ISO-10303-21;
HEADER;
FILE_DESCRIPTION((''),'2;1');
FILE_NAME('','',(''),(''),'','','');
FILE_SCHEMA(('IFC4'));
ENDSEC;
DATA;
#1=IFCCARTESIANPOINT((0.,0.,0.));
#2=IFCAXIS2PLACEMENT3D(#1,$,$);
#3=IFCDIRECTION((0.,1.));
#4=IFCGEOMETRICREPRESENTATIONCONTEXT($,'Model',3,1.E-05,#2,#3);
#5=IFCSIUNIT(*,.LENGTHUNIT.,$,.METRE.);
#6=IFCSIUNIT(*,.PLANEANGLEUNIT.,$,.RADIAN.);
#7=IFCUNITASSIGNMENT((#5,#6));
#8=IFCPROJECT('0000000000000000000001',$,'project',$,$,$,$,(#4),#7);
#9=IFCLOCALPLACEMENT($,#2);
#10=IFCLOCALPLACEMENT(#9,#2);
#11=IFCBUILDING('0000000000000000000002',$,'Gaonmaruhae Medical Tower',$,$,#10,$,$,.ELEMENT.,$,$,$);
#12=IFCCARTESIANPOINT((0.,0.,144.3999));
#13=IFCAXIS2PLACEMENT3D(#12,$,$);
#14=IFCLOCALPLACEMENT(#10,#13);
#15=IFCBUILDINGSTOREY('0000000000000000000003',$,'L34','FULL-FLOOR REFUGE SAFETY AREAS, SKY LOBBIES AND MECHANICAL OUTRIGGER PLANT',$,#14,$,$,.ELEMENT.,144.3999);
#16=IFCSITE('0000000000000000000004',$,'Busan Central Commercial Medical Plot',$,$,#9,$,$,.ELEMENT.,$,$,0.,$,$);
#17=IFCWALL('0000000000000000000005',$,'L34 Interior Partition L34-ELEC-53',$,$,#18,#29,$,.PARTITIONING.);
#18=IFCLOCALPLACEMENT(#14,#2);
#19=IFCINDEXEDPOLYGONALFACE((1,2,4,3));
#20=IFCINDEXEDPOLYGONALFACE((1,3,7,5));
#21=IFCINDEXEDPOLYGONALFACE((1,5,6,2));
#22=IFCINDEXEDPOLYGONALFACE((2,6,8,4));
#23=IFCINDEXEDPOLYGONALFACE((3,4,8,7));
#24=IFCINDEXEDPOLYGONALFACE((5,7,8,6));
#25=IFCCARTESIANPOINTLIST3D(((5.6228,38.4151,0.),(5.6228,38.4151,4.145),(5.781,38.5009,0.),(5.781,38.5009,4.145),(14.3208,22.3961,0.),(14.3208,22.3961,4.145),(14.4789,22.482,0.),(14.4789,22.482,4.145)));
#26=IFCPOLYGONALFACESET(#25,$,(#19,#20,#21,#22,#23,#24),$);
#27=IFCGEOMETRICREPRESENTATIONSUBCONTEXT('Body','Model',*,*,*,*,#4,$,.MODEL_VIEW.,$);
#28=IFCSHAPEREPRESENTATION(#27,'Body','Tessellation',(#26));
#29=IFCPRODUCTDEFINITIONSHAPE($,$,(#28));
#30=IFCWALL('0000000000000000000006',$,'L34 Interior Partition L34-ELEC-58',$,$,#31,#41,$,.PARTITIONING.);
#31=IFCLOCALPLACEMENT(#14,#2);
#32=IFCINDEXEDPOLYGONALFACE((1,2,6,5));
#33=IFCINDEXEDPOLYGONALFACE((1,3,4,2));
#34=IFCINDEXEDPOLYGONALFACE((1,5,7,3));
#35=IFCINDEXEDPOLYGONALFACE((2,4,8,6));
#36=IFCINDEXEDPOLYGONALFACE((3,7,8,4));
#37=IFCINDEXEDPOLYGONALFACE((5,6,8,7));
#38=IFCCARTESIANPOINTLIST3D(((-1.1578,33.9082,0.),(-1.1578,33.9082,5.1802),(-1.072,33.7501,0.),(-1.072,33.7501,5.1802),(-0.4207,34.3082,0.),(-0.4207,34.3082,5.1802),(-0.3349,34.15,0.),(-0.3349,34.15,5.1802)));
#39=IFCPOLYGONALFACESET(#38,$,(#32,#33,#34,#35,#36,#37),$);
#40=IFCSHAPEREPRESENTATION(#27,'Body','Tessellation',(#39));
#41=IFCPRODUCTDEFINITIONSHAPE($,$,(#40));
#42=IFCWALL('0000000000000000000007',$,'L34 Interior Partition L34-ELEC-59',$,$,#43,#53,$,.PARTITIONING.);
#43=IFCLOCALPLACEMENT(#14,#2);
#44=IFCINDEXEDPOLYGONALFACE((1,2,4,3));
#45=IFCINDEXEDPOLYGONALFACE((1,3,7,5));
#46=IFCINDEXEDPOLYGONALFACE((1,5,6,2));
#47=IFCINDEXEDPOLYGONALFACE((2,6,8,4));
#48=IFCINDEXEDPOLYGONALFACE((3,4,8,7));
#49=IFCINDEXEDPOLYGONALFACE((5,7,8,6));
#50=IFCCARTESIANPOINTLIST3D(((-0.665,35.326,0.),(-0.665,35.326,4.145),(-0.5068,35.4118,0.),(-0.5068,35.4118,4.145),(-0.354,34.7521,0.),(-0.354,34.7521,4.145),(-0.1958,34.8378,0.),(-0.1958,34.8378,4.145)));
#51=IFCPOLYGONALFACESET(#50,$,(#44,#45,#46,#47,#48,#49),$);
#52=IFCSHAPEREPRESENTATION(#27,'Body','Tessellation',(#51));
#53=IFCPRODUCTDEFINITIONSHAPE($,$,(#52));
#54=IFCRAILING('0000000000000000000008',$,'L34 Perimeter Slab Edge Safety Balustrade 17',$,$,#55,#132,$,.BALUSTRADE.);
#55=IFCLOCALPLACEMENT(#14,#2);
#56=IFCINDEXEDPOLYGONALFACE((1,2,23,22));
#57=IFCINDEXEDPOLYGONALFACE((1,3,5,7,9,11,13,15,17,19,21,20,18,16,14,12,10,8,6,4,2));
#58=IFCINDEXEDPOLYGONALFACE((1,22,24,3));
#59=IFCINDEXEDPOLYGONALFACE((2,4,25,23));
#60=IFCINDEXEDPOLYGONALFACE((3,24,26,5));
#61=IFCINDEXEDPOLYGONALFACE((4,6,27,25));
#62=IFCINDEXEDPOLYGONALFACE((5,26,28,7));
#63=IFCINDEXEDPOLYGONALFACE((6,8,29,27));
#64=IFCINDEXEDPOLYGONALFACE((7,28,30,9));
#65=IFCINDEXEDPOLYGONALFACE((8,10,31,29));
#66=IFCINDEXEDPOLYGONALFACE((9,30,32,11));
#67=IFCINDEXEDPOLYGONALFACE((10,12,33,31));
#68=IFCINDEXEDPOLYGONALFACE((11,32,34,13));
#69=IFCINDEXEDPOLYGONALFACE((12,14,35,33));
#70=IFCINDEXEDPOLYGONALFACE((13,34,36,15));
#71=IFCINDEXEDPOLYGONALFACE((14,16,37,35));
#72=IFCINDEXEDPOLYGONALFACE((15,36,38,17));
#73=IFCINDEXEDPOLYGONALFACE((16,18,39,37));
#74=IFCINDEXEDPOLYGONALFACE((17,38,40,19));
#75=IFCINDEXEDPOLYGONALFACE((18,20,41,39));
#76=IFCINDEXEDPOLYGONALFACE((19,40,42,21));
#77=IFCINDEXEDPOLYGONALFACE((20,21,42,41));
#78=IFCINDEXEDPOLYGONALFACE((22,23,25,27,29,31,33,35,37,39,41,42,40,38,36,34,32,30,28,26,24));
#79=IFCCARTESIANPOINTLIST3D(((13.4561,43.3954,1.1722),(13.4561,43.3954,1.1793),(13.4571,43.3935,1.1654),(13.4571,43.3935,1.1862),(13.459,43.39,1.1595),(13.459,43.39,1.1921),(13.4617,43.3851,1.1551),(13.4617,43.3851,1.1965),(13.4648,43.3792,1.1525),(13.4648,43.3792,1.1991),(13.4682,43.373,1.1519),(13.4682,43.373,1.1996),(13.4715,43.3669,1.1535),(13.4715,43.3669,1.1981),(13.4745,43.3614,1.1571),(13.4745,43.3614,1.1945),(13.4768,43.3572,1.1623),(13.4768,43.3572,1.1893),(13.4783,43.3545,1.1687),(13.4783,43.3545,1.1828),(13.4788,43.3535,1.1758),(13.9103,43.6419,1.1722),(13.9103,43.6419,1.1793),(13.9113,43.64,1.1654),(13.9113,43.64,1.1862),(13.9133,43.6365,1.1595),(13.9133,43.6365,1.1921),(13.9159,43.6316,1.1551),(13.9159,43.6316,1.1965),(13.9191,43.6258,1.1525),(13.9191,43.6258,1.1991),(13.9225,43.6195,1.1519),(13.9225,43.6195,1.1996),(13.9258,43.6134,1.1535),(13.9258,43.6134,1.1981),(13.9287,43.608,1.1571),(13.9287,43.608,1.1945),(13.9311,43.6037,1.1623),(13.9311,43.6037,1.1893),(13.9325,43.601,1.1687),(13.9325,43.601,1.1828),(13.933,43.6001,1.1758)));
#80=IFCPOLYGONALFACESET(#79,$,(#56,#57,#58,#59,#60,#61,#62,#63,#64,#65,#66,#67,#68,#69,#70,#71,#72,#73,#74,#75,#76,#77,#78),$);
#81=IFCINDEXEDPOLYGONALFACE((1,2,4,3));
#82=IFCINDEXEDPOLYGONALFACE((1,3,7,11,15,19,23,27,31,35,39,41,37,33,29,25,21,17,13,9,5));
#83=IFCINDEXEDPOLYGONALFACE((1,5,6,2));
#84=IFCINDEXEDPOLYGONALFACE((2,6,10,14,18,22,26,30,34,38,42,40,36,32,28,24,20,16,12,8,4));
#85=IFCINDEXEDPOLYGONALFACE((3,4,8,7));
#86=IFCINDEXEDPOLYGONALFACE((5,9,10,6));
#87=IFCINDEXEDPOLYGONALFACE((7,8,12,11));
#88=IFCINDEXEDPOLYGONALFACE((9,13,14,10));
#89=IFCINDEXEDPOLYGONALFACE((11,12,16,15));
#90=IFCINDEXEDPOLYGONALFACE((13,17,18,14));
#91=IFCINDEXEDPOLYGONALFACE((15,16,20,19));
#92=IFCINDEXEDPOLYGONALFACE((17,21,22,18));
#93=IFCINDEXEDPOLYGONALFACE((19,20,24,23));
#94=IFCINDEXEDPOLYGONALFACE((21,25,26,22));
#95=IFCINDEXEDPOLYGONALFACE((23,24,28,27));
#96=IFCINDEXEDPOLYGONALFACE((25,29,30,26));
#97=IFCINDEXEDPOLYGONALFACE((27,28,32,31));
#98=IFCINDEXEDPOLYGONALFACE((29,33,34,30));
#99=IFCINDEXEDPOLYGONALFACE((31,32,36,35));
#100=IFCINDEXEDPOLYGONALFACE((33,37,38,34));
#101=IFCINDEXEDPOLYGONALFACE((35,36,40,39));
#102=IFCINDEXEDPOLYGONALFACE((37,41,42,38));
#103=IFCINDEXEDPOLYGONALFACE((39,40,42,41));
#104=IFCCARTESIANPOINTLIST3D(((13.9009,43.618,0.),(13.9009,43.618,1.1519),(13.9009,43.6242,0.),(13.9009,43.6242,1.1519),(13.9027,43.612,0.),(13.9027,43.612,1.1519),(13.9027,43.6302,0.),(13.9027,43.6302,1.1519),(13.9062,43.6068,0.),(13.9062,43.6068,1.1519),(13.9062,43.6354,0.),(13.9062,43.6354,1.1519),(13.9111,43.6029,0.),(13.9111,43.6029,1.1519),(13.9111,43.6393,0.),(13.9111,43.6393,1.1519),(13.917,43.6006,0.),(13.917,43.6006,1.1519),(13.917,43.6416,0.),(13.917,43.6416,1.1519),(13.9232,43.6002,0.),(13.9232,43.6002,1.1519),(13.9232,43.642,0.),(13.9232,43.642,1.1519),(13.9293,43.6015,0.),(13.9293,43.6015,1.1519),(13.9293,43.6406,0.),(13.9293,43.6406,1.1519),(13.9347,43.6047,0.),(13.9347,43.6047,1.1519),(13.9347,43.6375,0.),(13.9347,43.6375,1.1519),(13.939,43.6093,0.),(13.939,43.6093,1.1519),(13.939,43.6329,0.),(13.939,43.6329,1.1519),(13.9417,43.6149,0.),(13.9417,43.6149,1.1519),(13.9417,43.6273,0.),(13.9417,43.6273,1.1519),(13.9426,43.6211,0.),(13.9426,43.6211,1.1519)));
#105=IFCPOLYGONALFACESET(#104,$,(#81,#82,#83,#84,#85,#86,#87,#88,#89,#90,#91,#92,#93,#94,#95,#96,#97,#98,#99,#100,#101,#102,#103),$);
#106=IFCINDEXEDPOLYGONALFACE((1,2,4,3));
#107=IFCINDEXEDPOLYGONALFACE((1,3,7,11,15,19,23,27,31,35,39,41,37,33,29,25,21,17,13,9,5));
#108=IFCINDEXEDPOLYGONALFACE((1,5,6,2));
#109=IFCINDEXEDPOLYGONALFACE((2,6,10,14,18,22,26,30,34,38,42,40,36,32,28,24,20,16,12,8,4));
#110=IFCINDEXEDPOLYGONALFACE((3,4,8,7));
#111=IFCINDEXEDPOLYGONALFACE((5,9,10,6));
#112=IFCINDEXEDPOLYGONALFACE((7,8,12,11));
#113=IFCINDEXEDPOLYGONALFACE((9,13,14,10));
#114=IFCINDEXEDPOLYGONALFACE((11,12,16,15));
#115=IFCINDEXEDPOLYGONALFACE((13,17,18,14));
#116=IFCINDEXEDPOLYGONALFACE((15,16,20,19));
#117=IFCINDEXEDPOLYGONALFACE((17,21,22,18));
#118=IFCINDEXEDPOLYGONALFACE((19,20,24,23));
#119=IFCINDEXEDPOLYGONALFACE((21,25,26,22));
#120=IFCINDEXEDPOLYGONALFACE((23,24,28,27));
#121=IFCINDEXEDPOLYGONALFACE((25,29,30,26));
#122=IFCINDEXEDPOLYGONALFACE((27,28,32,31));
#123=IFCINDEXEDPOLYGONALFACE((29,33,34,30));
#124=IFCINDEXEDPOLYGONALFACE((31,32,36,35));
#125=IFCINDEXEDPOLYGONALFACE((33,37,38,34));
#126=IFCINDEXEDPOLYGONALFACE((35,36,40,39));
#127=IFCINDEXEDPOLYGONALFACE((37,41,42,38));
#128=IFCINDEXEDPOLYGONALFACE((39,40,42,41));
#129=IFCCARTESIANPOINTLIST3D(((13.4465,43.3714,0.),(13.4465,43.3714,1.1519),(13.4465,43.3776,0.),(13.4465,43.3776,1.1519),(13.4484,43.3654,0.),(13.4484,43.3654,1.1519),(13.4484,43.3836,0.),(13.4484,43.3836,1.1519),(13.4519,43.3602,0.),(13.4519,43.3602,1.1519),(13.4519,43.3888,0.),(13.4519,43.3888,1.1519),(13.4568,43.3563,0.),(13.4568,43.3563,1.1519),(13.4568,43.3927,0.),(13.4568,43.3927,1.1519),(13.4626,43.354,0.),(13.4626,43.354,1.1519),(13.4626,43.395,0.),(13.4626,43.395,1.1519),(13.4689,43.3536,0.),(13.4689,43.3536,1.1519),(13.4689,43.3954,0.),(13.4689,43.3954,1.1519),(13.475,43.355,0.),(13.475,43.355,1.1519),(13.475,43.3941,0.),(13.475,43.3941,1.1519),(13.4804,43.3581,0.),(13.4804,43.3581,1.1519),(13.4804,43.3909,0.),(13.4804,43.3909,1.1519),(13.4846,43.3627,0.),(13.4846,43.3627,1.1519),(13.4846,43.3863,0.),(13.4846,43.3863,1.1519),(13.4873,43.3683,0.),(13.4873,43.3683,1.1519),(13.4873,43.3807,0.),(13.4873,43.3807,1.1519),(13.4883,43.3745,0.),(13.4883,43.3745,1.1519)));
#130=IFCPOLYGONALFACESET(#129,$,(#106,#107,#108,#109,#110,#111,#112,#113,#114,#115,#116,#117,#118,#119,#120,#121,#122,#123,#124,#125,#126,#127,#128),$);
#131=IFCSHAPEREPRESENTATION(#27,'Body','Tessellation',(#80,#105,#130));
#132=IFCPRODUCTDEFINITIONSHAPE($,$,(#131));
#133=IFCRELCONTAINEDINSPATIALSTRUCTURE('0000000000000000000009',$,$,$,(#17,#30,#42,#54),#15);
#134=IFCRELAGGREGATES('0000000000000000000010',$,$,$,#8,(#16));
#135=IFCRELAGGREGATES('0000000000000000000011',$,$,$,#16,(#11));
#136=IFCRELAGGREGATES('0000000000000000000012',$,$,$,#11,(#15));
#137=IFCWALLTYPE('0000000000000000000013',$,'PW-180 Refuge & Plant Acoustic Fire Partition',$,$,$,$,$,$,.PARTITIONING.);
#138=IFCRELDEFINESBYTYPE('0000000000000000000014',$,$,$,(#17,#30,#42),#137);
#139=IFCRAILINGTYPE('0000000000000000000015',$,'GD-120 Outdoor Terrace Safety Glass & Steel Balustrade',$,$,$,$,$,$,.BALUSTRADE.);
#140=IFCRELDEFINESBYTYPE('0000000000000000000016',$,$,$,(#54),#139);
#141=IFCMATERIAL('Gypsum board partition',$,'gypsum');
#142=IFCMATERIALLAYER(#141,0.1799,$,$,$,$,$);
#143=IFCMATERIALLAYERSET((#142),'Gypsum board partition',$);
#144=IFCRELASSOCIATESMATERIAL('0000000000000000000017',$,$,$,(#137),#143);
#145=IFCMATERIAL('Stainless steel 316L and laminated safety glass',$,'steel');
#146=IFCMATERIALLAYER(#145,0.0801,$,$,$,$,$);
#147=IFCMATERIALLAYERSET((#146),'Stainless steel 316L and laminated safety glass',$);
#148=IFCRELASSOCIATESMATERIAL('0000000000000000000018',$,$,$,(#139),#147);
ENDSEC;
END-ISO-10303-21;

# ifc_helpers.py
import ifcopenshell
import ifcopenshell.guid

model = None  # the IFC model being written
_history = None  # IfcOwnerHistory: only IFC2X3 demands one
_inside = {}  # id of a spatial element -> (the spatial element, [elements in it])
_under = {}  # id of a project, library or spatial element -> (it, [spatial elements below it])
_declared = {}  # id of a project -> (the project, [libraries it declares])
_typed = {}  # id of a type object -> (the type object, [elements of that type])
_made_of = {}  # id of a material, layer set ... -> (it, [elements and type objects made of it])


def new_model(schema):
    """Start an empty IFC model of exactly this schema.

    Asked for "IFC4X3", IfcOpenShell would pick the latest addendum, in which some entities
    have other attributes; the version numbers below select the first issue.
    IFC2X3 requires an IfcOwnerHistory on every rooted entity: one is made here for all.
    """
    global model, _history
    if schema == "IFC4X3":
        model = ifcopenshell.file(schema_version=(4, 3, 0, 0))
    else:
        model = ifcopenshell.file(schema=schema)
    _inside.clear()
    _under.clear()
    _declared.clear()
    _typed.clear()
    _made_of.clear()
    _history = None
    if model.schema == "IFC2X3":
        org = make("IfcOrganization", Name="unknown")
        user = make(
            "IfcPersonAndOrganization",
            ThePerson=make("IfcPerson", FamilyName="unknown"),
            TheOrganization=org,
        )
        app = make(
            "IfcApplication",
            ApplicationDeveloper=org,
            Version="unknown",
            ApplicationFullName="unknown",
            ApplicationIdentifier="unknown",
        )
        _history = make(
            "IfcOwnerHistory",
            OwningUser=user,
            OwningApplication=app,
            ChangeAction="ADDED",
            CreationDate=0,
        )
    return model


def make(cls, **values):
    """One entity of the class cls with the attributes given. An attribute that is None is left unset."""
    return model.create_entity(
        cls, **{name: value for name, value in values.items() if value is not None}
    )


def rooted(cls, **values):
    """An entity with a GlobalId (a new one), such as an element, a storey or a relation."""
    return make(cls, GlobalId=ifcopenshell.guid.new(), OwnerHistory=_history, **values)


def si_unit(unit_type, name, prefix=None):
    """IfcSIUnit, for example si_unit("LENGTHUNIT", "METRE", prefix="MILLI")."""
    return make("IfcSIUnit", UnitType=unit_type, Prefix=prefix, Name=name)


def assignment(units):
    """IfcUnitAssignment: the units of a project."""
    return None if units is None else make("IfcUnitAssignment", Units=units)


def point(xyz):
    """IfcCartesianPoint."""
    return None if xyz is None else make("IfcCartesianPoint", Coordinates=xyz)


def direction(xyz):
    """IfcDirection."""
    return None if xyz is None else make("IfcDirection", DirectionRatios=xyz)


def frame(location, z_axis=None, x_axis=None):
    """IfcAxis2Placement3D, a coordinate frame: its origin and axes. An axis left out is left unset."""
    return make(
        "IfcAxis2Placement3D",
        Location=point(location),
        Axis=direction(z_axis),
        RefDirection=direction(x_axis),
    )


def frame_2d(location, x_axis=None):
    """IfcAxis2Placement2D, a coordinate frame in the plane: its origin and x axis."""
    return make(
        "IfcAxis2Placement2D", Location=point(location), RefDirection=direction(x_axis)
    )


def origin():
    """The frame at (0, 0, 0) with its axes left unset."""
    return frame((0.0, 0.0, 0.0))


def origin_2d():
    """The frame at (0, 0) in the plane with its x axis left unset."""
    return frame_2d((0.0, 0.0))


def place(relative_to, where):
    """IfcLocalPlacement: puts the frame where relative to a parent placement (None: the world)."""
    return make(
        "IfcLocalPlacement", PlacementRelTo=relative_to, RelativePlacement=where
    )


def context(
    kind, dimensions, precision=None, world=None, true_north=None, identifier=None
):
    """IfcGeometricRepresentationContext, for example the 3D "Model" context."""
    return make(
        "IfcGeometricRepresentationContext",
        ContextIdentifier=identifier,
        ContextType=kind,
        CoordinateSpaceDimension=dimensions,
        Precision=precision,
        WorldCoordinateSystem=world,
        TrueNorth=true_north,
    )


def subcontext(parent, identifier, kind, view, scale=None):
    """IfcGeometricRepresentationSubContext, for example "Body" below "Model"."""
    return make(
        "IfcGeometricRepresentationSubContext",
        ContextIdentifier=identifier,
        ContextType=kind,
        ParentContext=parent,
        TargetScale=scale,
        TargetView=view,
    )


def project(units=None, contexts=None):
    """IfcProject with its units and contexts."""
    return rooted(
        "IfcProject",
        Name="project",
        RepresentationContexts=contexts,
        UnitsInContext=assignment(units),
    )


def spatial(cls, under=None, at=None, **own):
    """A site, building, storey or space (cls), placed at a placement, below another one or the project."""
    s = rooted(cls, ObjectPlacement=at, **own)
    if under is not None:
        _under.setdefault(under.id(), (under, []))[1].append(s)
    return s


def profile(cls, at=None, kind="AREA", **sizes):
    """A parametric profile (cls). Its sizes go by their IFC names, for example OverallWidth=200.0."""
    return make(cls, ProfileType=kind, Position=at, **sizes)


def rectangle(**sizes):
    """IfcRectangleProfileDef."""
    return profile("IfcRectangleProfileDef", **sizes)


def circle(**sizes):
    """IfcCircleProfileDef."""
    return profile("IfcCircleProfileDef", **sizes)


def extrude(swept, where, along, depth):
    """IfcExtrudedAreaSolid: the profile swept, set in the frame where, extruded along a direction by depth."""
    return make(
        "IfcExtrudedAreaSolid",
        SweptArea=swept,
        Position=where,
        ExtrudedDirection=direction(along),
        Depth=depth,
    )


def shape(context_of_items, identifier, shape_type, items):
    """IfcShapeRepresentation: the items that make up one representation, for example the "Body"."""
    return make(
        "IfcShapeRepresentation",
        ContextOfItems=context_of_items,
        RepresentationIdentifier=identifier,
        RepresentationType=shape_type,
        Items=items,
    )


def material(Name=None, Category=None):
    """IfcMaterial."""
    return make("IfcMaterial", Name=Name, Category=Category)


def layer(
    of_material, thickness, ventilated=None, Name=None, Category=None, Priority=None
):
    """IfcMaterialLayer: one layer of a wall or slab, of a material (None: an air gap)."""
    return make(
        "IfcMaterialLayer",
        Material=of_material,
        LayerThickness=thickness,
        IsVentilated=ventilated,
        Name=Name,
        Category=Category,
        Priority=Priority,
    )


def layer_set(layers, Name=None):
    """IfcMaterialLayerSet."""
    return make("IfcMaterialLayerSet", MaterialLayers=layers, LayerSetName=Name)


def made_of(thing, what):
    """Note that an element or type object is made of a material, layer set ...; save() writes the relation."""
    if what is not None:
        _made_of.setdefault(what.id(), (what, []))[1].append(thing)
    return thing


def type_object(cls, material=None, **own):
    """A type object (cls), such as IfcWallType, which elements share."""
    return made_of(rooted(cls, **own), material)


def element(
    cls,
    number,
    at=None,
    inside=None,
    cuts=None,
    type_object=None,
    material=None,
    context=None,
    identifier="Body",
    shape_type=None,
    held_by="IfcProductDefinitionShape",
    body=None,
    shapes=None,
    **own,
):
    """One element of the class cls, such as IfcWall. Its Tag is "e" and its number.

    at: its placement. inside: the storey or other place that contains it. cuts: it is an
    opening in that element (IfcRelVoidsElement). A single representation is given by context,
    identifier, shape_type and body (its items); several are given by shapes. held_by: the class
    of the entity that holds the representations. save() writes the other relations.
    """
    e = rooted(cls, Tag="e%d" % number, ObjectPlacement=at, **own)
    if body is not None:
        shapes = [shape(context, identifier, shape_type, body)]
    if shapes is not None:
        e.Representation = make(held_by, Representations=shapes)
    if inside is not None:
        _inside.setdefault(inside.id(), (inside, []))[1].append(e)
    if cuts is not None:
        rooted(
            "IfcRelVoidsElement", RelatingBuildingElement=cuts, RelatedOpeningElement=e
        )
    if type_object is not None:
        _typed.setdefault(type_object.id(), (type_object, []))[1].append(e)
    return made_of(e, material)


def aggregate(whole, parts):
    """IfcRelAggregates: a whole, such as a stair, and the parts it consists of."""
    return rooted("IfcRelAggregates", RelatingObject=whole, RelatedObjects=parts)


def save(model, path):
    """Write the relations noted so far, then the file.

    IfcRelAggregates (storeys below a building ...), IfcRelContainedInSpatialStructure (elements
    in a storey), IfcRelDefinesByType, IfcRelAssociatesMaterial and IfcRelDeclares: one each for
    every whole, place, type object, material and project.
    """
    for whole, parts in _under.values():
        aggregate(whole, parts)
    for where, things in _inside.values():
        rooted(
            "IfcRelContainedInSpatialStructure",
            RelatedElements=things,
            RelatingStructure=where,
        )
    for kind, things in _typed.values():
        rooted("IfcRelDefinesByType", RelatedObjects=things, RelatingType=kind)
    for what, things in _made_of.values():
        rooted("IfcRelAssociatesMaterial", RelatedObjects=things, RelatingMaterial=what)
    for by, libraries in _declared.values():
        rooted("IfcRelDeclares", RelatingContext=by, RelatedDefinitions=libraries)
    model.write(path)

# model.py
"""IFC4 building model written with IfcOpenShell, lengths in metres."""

from ifc_helpers import new_model, si_unit, direction, frame, frame_2d, origin, origin_2d, place, context, subcontext, project, spatial, rectangle, circle, extrude, material, layer, layer_set, type_object, element, save


model = new_model("IFC4")

# Units and contexts
model_context = context("Model", 3, precision=1e-05, world=origin(), true_north=direction((0.0, 1.0)))
body_context = subcontext(model_context, "Body", "Model", "MODEL_VIEW")
ifc_project = project(units=[si_unit("LENGTHUNIT", "METRE"), si_unit("PLANEANGLEUNIT", "RADIAN")], contexts=[model_context])

# Site, building, storey
site_placement = place(None, origin())
site = spatial("IfcSite", under=ifc_project, at=site_placement, Name="Busan Central Commercial Medical Plot", CompositionType="ELEMENT", RefElevation=0.0)
building_placement = place(site_placement, origin())
building = spatial("IfcBuilding", under=site, at=building_placement, Name="Gaonmaruhae Medical Tower", CompositionType="ELEMENT")
storey_placement = place(building_placement, frame((0.0, 0.0, 144.3999)))
storey = spatial("IfcBuildingStorey", under=building, at=storey_placement, Name="L34", Description="FULL-FLOOR REFUGE SAFETY AREAS, SKY LOBBIES AND MECHANICAL OUTRIGGER PLANT", CompositionType="ELEMENT", Elevation=144.3999)

# Walls
ifc_material_1 = material(Name="Gypsum board partition", Category="gypsum")
ifc_layer_1 = layer(ifc_material_1, 0.1799)
ifc_layer_set_1 = layer_set([ifc_layer_1], Name="Gypsum board partition")
wall_type_1 = type_object("IfcWallType", Name="PW-180 Refuge & Plant Acoustic Fire Partition", PredefinedType="PARTITIONING", material=ifc_layer_set_1)
wall_1_placement = place(storey_placement, frame((5.7019, 38.458, 0.0), z_axis=(0.0, 0.0, 1.0), x_axis=(0.477174, -0.878809, 0.0)))
element("IfcWall", 1, at=wall_1_placement, inside=storey, type_object=wall_type_1, Name="L34 Interior Partition L34-ELEC-53", PredefinedType="PARTITIONING", context=body_context, shape_type="SweptSolid", body=[
    extrude(rectangle(XDim=18.228, YDim=0.1799, at=frame_2d((9.114, 0.0))), origin(), (0.0, 0.0, 1.0), 4.145),
])
wall_2_placement = place(storey_placement, frame((-1.115, 33.8291, 0.0), z_axis=(0.0, 0.0, 1.0), x_axis=(0.878962, 0.476893, 0.0)))
element("IfcWall", 2, at=wall_2_placement, inside=storey, type_object=wall_type_1, Name="L34 Interior Partition L34-ELEC-58", PredefinedType="PARTITIONING", context=body_context, shape_type="SweptSolid", body=[
    extrude(rectangle(XDim=0.8386, YDim=0.1799, at=frame_2d((0.4194, 0.0))), origin(), (0.0, 0.0, 1.0), 5.1802),
])
wall_3_placement = place(storey_placement, frame((-0.2749, 34.7949, 0.0), z_axis=(0.0, 0.0, 1.0), x_axis=(-0.47644, 0.879207, 0.0)))
element("IfcWall", 3, at=wall_3_placement, inside=storey, type_object=wall_type_1, Name="L34 Interior Partition L34-ELEC-59", PredefinedType="PARTITIONING", context=body_context, shape_type="SweptSolid", body=[
    extrude(rectangle(XDim=0.6528, YDim=0.1799, at=frame_2d((0.3264, 0.0))), origin(), (0.0, 0.0, 1.0), 4.145),
])

# Railing
ifc_material_2 = material(Name="Stainless steel 316L and laminated safety glass", Category="steel")
ifc_layer_2 = layer(ifc_material_2, 0.0801)
ifc_layer_set_2 = layer_set([ifc_layer_2], Name="Stainless steel 316L and laminated safety glass")
railing_type = type_object("IfcRailingType", Name="GD-120 Outdoor Terrace Safety Glass & Steel Balustrade", PredefinedType="BALUSTRADE", material=ifc_layer_set_2)
railing_1_placement = place(storey_placement, frame((13.9216, 43.6211, 0.0)))
element("IfcRailing", 4, at=railing_1_placement, inside=storey, type_object=railing_type, Name="L34 Perimeter Slab Edge Safety Balustrade 17", PredefinedType="BALUSTRADE", context=body_context, shape_type="SweptSolid", body=[
    extrude(circle(Radius=0.0239, at=origin_2d()), frame((0.0, 0.0, 1.1758), z_axis=(-0.878904, -0.476998, 0.0), x_axis=(0.476998, -0.878904, 0.0)), (0.0, 0.0, 1.0), 0.5168),
    extrude(circle(Radius=0.021, at=origin_2d()), origin(), (0.0, 0.0, 1.0), 1.1519),
    extrude(circle(Radius=0.021, at=origin_2d()), frame((-0.4543, -0.2466, 0.0)), (0.0, 0.0, 1.0), 1.1519),
])

save(model, "model.ifc")
